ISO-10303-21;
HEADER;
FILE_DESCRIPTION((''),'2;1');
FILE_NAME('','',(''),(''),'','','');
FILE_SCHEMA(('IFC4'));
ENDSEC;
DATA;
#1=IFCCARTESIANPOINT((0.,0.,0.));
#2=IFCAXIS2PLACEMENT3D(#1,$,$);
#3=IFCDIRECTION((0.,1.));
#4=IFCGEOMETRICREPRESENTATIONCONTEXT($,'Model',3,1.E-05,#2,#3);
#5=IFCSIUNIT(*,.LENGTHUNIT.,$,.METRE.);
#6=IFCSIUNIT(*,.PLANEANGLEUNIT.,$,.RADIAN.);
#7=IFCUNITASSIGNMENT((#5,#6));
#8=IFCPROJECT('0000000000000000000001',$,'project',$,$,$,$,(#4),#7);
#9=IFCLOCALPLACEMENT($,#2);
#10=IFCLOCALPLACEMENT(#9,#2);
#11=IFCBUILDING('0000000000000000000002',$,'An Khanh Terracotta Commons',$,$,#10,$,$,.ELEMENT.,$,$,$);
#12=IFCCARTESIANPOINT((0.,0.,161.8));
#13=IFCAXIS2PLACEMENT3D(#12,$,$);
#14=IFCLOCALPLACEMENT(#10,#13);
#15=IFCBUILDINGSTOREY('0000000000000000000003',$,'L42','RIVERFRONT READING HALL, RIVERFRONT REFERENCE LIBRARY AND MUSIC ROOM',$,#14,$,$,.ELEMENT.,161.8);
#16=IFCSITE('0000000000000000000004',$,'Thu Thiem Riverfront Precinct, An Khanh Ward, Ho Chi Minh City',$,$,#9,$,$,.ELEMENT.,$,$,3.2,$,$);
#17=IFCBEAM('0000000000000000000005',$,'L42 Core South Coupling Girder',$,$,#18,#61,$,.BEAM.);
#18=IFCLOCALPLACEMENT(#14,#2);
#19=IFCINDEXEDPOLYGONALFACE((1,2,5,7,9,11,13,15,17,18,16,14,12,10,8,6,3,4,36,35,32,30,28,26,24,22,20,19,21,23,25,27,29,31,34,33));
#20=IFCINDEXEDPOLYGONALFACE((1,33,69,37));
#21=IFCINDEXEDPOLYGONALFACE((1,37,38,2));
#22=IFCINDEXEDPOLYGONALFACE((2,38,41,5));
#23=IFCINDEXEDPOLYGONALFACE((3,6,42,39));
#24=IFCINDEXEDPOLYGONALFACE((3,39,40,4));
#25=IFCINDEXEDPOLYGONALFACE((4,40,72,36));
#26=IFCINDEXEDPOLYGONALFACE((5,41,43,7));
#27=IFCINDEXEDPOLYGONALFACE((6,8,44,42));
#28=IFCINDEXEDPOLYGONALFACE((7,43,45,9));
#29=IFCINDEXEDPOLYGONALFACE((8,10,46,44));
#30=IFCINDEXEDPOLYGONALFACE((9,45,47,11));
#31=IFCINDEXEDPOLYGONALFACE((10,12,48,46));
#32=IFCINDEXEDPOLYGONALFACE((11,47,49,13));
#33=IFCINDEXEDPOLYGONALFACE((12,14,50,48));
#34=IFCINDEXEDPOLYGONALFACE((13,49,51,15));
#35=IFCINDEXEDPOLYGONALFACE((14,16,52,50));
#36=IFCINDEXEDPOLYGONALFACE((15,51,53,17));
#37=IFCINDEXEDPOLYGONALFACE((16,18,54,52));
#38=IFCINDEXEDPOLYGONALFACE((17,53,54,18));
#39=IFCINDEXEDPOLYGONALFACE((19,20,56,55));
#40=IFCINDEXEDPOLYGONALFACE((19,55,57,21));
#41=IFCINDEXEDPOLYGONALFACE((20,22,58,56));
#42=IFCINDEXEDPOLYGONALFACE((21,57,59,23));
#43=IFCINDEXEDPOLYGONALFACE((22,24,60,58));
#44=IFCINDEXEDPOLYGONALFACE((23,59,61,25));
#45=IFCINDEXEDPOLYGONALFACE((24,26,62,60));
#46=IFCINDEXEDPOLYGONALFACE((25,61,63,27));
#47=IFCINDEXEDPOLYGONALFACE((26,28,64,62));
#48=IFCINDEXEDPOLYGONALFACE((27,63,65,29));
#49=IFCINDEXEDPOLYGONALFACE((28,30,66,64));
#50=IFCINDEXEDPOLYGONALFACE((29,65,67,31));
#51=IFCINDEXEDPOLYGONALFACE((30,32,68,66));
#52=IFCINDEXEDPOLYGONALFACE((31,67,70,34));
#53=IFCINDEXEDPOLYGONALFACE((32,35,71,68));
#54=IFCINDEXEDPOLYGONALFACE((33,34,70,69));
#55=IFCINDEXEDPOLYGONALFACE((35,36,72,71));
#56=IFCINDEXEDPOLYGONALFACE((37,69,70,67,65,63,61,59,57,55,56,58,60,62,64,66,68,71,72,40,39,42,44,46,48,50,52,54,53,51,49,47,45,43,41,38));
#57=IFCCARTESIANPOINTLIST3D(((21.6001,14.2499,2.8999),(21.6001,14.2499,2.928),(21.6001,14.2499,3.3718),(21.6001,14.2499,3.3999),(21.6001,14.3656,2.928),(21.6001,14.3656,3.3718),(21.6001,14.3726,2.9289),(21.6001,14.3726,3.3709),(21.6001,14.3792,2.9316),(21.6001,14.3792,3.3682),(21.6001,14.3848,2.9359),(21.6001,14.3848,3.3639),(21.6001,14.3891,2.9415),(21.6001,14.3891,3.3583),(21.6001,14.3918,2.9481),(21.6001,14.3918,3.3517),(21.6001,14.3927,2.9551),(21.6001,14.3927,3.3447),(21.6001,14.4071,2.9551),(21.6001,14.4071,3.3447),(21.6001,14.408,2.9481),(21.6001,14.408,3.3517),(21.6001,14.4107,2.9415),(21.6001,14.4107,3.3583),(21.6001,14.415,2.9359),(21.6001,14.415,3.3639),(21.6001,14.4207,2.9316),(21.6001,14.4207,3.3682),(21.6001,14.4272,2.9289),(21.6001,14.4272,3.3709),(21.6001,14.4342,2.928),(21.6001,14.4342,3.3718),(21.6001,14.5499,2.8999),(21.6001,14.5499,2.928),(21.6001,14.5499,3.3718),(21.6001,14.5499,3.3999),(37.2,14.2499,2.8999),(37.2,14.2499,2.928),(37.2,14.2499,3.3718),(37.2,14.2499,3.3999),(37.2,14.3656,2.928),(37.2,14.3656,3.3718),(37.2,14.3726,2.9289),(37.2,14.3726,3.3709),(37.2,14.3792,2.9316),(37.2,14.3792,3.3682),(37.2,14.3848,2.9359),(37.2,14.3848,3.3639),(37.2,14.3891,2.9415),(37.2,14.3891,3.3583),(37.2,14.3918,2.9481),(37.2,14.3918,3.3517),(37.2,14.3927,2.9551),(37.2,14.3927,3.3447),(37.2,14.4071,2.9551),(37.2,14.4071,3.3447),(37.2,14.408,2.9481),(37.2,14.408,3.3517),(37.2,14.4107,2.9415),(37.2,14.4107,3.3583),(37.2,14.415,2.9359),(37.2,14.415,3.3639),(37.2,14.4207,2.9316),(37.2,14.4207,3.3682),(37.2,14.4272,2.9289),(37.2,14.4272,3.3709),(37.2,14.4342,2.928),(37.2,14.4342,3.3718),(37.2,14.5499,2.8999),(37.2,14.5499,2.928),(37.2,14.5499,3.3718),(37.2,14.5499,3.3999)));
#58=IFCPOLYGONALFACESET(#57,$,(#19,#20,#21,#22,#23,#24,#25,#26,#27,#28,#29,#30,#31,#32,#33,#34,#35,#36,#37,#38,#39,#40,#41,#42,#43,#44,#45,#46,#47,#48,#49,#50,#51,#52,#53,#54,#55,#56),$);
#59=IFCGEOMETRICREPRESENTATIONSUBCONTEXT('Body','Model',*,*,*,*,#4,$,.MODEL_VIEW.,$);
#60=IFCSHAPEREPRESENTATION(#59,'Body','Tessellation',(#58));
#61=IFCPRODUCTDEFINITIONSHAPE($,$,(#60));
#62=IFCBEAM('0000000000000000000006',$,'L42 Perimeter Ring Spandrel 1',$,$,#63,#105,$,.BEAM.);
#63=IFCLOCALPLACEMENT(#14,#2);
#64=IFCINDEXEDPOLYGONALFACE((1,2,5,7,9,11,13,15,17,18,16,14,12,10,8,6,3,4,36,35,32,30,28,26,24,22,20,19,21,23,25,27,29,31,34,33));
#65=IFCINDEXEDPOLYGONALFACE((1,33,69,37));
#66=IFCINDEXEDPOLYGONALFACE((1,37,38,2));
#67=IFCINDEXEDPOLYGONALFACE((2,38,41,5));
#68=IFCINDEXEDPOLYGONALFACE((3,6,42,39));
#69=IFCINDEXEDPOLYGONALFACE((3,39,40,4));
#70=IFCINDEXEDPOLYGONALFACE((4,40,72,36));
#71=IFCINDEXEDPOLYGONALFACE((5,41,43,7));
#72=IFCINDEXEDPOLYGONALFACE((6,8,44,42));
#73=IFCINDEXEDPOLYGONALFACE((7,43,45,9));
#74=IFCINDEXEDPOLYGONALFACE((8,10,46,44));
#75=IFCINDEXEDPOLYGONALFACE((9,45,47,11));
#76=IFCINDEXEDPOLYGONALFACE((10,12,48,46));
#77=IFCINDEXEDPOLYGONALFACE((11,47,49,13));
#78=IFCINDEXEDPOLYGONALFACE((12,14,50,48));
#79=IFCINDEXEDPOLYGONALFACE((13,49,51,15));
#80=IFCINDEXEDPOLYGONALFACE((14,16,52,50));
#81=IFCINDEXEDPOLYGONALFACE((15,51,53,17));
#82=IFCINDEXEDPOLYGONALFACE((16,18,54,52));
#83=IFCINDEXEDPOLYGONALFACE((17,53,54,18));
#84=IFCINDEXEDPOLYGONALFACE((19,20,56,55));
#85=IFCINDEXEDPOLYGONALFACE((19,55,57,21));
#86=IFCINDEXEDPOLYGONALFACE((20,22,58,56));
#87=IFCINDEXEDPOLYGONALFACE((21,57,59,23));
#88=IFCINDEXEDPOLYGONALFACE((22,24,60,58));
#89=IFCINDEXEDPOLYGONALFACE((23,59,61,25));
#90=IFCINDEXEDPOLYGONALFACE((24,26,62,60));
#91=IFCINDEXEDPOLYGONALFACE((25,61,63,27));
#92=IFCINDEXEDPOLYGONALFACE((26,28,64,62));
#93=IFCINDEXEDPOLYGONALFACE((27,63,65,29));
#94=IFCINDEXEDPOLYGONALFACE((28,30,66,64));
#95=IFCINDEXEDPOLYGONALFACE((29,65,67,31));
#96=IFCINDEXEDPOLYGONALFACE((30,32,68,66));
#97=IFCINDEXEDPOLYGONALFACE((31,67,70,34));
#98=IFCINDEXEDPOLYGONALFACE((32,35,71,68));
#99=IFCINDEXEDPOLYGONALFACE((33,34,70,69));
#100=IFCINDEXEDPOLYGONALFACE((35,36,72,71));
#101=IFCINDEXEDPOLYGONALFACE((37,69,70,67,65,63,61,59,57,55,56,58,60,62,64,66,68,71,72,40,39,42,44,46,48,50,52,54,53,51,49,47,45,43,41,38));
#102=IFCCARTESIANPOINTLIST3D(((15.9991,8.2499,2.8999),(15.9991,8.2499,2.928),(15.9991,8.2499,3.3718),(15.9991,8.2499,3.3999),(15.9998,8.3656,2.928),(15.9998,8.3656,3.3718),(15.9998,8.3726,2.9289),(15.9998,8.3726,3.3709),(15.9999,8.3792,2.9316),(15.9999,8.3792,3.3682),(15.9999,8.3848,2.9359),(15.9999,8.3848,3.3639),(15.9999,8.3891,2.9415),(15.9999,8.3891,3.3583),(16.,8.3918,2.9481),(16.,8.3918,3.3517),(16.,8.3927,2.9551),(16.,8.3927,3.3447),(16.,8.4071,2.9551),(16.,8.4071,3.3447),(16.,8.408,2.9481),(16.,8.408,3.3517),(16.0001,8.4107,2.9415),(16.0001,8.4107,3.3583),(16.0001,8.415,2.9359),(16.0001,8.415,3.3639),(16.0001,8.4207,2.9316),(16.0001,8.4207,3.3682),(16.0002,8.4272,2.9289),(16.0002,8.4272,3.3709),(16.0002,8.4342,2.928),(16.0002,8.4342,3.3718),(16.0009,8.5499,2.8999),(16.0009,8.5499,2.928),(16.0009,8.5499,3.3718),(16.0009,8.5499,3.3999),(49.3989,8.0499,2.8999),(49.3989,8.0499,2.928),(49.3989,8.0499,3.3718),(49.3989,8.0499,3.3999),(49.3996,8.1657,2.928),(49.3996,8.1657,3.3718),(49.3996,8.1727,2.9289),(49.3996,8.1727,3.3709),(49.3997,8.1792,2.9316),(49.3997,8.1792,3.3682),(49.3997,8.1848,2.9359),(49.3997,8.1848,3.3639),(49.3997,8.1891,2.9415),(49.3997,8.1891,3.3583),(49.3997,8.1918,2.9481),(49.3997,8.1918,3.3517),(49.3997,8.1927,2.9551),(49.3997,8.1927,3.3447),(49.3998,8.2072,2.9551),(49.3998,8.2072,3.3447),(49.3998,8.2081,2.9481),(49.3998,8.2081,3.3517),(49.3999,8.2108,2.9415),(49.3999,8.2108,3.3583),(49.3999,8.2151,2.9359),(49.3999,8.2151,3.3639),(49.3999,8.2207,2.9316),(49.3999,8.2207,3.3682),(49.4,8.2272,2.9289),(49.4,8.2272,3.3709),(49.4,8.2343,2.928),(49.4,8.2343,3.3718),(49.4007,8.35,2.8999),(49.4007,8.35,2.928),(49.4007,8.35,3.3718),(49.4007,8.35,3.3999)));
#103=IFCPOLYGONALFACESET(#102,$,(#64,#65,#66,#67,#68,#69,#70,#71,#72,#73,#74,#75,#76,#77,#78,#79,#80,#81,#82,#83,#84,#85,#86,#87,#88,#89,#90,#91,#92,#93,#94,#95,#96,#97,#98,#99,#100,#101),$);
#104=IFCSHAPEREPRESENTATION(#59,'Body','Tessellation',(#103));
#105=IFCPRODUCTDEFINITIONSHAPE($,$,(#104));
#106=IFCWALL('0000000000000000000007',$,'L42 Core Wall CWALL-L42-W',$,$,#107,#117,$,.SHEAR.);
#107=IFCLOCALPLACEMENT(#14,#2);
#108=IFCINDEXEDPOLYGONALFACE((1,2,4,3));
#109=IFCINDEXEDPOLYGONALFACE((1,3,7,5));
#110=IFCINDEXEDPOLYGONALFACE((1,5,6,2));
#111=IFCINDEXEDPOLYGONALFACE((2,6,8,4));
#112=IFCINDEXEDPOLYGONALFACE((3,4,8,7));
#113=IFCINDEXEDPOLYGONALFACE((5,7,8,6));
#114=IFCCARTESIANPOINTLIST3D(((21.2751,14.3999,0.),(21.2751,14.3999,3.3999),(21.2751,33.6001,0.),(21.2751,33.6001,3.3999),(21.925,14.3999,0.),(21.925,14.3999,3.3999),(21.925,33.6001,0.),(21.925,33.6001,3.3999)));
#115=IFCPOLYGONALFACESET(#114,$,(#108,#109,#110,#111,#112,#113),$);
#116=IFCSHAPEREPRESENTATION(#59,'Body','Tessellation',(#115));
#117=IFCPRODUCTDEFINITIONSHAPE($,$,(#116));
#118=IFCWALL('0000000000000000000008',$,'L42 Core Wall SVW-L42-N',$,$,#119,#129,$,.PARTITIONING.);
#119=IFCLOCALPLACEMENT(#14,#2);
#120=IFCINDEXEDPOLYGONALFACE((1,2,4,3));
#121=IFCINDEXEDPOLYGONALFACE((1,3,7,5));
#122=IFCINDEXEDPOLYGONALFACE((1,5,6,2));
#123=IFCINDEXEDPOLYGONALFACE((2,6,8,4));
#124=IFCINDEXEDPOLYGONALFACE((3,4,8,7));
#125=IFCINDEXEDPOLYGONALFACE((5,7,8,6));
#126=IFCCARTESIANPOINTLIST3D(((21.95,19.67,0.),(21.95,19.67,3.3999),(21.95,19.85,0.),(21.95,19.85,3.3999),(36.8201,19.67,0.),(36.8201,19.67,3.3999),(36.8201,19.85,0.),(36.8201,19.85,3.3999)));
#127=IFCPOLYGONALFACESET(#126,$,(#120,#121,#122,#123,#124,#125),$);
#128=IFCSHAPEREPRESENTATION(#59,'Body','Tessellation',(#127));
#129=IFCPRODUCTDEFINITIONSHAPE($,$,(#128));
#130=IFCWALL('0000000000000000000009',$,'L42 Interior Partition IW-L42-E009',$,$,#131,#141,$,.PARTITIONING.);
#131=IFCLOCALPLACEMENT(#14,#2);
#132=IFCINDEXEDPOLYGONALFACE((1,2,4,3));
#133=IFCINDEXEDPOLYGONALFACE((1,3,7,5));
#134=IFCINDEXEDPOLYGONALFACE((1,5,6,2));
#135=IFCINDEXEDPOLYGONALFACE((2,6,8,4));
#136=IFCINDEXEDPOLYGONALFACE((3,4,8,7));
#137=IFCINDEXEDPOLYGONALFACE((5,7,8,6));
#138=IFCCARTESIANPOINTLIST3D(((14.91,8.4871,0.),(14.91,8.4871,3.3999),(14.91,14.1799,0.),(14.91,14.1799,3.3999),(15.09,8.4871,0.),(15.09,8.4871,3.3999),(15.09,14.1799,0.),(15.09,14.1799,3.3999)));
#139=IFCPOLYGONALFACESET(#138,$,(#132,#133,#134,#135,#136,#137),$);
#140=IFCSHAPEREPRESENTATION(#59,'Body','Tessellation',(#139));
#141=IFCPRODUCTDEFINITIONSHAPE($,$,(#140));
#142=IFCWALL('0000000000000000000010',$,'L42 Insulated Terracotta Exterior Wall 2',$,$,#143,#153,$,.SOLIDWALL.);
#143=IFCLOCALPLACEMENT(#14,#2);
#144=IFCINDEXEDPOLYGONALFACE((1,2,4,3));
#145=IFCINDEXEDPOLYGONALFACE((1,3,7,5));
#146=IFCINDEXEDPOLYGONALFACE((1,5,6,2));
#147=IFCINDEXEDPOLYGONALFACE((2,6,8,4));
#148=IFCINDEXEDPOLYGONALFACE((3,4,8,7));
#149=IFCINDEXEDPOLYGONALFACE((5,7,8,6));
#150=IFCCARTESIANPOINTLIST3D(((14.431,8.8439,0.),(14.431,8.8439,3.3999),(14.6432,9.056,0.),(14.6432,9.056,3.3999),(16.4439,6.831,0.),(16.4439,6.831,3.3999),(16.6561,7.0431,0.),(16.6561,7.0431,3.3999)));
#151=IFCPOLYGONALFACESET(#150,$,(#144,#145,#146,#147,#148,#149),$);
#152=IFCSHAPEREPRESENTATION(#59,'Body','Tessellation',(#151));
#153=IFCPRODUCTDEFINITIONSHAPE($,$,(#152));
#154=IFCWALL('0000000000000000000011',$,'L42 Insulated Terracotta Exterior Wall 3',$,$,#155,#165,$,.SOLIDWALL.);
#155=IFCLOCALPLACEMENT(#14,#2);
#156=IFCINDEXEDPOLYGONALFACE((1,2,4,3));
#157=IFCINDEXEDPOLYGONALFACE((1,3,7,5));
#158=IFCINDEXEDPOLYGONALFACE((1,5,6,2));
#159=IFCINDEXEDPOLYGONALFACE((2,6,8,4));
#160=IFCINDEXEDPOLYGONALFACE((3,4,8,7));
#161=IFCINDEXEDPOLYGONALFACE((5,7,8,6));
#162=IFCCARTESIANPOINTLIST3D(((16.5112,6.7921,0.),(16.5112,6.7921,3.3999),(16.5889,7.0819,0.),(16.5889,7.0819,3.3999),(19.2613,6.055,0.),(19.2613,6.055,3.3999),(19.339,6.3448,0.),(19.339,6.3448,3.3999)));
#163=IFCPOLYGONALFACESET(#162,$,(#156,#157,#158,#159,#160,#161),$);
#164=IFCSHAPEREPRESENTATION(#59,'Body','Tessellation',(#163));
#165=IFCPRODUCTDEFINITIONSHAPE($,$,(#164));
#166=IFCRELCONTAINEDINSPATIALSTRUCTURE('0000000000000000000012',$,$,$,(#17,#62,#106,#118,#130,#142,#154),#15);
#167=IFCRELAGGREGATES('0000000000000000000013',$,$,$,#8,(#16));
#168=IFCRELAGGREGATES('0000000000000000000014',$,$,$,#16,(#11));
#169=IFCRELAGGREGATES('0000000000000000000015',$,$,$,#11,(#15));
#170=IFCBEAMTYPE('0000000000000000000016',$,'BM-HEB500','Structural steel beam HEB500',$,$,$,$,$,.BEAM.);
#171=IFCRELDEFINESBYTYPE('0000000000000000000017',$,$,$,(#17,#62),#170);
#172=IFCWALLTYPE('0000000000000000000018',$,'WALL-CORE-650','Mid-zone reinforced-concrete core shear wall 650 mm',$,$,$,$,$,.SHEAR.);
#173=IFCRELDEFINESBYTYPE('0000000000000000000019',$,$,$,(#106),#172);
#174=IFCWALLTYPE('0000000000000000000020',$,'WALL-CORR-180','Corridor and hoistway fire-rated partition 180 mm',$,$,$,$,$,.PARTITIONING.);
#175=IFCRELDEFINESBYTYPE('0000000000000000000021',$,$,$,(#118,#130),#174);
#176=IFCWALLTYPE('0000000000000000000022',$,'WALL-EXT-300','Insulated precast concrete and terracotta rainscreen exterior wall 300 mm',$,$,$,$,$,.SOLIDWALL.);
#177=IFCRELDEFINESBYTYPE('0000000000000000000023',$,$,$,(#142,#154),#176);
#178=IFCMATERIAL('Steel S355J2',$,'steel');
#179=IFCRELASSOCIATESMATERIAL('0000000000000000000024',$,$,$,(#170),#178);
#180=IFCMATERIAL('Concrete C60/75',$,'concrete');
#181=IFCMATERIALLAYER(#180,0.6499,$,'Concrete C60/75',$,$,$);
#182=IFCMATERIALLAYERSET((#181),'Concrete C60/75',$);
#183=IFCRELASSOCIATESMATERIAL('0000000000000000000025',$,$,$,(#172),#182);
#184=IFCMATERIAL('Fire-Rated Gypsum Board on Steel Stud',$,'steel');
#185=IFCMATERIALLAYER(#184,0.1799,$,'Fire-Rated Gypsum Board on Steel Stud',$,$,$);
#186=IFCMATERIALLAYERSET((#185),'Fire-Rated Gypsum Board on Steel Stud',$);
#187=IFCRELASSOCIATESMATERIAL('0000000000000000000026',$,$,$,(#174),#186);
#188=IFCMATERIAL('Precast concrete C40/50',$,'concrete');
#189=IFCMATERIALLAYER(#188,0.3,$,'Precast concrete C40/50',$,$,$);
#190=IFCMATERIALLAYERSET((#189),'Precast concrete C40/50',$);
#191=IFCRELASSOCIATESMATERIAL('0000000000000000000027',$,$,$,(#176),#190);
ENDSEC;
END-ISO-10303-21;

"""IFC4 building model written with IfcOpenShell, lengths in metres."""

from ifc_helpers import new_model, si_unit, direction, frame, frame_2d, origin, origin_2d, place, context, subcontext, project, spatial, rectangle, i_section, extrude, material, layer, layer_set, material_profile, profile_set, type_object, element, save


model = new_model("IFC4")

# Units and contexts
model_context = context("Model", 3, precision=1e-05, world=origin(), true_north=direction((0.0, 1.0)))
body_context = subcontext(model_context, "Body", "Model", "MODEL_VIEW")
ifc_project = project(units=[si_unit("LENGTHUNIT", "METRE"), si_unit("PLANEANGLEUNIT", "RADIAN")], contexts=[model_context])

# Site, building, storey
site_placement = place(None, origin())
site = spatial("IfcSite", under=ifc_project, at=site_placement, Name="Thu Thiem Riverfront Precinct, An Khanh Ward, Ho Chi Minh City", CompositionType="ELEMENT", RefElevation=3.2)
building_placement = place(site_placement, origin())
building = spatial("IfcBuilding", under=site, at=building_placement, Name="An Khanh Terracotta Commons", CompositionType="ELEMENT")
storey_placement = place(building_placement, frame((0.0, 0.0, 161.8)))
storey = spatial("IfcBuildingStorey", under=building, at=storey_placement, Name="L42", Description="RIVERFRONT READING HALL, RIVERFRONT REFERENCE LIBRARY AND MUSIC ROOM", CompositionType="ELEMENT", Elevation=161.8)

# Shared definitions
ifc_material_1 = material(Name="Concrete C60/75", Category="concrete")

# Beams
ifc_material_2 = material(Name="Steel S355J2", Category="steel")
ifc_material_profile_1 = material_profile(ifc_material_2, i_section(OverallWidth=0.3, OverallDepth=0.5, WebThickness=0.0144, FlangeThickness=0.0281, FilletRadius=0.0271, at=origin_2d()), Name="HEB500")
ifc_profile_set_1 = profile_set([ifc_material_profile_1], Name="Steel S355J2")
beam_type_1 = type_object("IfcBeamType", Name="BM-HEB500", Description="Structural steel beam HEB500", PredefinedType="BEAM", material=ifc_profile_set_1)
beam_1_placement = place(storey_placement, frame((21.6001, 14.3999, 3.1499), z_axis=(1.0, 0.0, 0.0), x_axis=(0.0, 1.0, 0.0)))
element("IfcBeam", 1, at=beam_1_placement, inside=storey, type_object=beam_type_1, Name="L42 Core South Coupling Girder", PredefinedType="BEAM", context=body_context, shape_type="SweptSolid", body=[
    extrude(i_section(OverallWidth=0.3, OverallDepth=0.5, WebThickness=0.0144, FlangeThickness=0.0281, FilletRadius=0.0271, at=origin_2d()), origin(), (0.0, 0.0, 1.0), 15.5999),
])
beam_2_placement = place(storey_placement, frame((16.0, 8.3999, 3.1499), z_axis=(0.999982, -0.005986, 0.0), x_axis=(0.005986, 0.999982, 0.0)))
element("IfcBeam", 2, at=beam_2_placement, inside=storey, type_object=beam_type_1, Name="L42 Perimeter Ring Spandrel 1", PredefinedType="BEAM", context=body_context, shape_type="SweptSolid", body=[
    extrude(i_section(OverallWidth=0.3, OverallDepth=0.5, WebThickness=0.0144, FlangeThickness=0.0281, FilletRadius=0.0271, at=origin_2d()), origin(), (0.0, 0.0, 1.0), 33.4004),
])

# Walls
ifc_layer_1 = layer(ifc_material_1, 0.6499, Name="Concrete C60/75")
ifc_layer_set_1 = layer_set([ifc_layer_1], Name="Concrete C60/75")
wall_type_1 = type_object("IfcWallType", Name="WALL-CORE-650", Description="Mid-zone reinforced-concrete core shear wall 650 mm", PredefinedType="SHEAR", material=ifc_layer_set_1)
wall_1_placement = place(storey_placement, frame((21.6001, 14.3999, 0.0), z_axis=(0.0, 0.0, 1.0), x_axis=(0.0, 1.0, 0.0)))
element("IfcWall", 3, at=wall_1_placement, inside=storey, type_object=wall_type_1, Name="L42 Core Wall CWALL-L42-W", PredefinedType="SHEAR", context=body_context, shape_type="SweptSolid", body=[
    extrude(rectangle(XDim=19.2002, YDim=0.6499, at=frame_2d((9.6001, 0.0))), origin(), (0.0, 0.0, 1.0), 3.3999),
])
ifc_material_3 = material(Name="Fire-Rated Gypsum Board on Steel Stud", Category="steel")
ifc_layer_2 = layer(ifc_material_3, 0.1799, Name="Fire-Rated Gypsum Board on Steel Stud")
ifc_layer_set_2 = layer_set([ifc_layer_2], Name="Fire-Rated Gypsum Board on Steel Stud")
wall_type_2 = type_object("IfcWallType", Name="WALL-CORR-180", Description="Corridor and hoistway fire-rated partition 180 mm", PredefinedType="PARTITIONING", material=ifc_layer_set_2)
wall_2_placement = place(storey_placement, frame((21.95, 19.76, 0.0), z_axis=(0.0, 0.0, 1.0), x_axis=(1.0, 0.0, 0.0)))
element("IfcWall", 4, at=wall_2_placement, inside=storey, type_object=wall_type_2, Name="L42 Core Wall SVW-L42-N", PredefinedType="PARTITIONING", context=body_context, shape_type="SweptSolid", body=[
    extrude(rectangle(XDim=14.8701, YDim=0.1799, at=frame_2d((7.4351, 0.0))), origin(), (0.0, 0.0, 1.0), 3.3999),
])
wall_3_placement = place(storey_placement, frame((15.0, 8.4871, 0.0), z_axis=(0.0, 0.0, 1.0), x_axis=(0.0, 1.0, 0.0)))
element("IfcWall", 5, at=wall_3_placement, inside=storey, type_object=wall_type_2, Name="L42 Interior Partition IW-L42-E009", PredefinedType="PARTITIONING", context=body_context, shape_type="SweptSolid", body=[
    extrude(rectangle(XDim=5.6929, YDim=0.1799, at=frame_2d((2.8464, 0.0))), origin(), (0.0, 0.0, 1.0), 3.3999),
])
ifc_material_4 = material(Name="Precast concrete C40/50", Category="concrete")
ifc_layer_3 = layer(ifc_material_4, 0.3, Name="Precast concrete C40/50")
ifc_layer_set_3 = layer_set([ifc_layer_3], Name="Precast concrete C40/50")
wall_type_3 = type_object("IfcWallType", Name="WALL-EXT-300", Description="Insulated precast concrete and terracotta rainscreen exterior wall 300 mm", PredefinedType="SOLIDWALL", material=ifc_layer_set_3)
wall_4_placement = place(storey_placement, frame((14.5371, 8.95, 0.0), z_axis=(0.0, 0.0, 1.0), x_axis=(0.707107, -0.707107, 0.0)))
element("IfcWall", 6, at=wall_4_placement, inside=storey, type_object=wall_type_3, Name="L42 Insulated Terracotta Exterior Wall 2", PredefinedType="SOLIDWALL", context=body_context, shape_type="SweptSolid", body=[
    extrude(rectangle(XDim=2.8467, YDim=0.3, at=frame_2d((1.4233, 0.0))), origin(), (0.0, 0.0, 1.0), 3.3999),
])
wall_5_placement = place(storey_placement, frame((16.55, 6.937, 0.0), z_axis=(0.0, 0.0, 1.0), x_axis=(0.965908, -0.258885, 0.0)))
element("IfcWall", 7, at=wall_5_placement, inside=storey, type_object=wall_type_3, Name="L42 Insulated Terracotta Exterior Wall 3", PredefinedType="SOLIDWALL", context=body_context, shape_type="SweptSolid", body=[
    extrude(rectangle(XDim=2.8472, YDim=0.3, at=frame_2d((1.4236, 0.0))), origin(), (0.0, 0.0, 1.0), 3.3999),
])

save(model, "model.ifc")
